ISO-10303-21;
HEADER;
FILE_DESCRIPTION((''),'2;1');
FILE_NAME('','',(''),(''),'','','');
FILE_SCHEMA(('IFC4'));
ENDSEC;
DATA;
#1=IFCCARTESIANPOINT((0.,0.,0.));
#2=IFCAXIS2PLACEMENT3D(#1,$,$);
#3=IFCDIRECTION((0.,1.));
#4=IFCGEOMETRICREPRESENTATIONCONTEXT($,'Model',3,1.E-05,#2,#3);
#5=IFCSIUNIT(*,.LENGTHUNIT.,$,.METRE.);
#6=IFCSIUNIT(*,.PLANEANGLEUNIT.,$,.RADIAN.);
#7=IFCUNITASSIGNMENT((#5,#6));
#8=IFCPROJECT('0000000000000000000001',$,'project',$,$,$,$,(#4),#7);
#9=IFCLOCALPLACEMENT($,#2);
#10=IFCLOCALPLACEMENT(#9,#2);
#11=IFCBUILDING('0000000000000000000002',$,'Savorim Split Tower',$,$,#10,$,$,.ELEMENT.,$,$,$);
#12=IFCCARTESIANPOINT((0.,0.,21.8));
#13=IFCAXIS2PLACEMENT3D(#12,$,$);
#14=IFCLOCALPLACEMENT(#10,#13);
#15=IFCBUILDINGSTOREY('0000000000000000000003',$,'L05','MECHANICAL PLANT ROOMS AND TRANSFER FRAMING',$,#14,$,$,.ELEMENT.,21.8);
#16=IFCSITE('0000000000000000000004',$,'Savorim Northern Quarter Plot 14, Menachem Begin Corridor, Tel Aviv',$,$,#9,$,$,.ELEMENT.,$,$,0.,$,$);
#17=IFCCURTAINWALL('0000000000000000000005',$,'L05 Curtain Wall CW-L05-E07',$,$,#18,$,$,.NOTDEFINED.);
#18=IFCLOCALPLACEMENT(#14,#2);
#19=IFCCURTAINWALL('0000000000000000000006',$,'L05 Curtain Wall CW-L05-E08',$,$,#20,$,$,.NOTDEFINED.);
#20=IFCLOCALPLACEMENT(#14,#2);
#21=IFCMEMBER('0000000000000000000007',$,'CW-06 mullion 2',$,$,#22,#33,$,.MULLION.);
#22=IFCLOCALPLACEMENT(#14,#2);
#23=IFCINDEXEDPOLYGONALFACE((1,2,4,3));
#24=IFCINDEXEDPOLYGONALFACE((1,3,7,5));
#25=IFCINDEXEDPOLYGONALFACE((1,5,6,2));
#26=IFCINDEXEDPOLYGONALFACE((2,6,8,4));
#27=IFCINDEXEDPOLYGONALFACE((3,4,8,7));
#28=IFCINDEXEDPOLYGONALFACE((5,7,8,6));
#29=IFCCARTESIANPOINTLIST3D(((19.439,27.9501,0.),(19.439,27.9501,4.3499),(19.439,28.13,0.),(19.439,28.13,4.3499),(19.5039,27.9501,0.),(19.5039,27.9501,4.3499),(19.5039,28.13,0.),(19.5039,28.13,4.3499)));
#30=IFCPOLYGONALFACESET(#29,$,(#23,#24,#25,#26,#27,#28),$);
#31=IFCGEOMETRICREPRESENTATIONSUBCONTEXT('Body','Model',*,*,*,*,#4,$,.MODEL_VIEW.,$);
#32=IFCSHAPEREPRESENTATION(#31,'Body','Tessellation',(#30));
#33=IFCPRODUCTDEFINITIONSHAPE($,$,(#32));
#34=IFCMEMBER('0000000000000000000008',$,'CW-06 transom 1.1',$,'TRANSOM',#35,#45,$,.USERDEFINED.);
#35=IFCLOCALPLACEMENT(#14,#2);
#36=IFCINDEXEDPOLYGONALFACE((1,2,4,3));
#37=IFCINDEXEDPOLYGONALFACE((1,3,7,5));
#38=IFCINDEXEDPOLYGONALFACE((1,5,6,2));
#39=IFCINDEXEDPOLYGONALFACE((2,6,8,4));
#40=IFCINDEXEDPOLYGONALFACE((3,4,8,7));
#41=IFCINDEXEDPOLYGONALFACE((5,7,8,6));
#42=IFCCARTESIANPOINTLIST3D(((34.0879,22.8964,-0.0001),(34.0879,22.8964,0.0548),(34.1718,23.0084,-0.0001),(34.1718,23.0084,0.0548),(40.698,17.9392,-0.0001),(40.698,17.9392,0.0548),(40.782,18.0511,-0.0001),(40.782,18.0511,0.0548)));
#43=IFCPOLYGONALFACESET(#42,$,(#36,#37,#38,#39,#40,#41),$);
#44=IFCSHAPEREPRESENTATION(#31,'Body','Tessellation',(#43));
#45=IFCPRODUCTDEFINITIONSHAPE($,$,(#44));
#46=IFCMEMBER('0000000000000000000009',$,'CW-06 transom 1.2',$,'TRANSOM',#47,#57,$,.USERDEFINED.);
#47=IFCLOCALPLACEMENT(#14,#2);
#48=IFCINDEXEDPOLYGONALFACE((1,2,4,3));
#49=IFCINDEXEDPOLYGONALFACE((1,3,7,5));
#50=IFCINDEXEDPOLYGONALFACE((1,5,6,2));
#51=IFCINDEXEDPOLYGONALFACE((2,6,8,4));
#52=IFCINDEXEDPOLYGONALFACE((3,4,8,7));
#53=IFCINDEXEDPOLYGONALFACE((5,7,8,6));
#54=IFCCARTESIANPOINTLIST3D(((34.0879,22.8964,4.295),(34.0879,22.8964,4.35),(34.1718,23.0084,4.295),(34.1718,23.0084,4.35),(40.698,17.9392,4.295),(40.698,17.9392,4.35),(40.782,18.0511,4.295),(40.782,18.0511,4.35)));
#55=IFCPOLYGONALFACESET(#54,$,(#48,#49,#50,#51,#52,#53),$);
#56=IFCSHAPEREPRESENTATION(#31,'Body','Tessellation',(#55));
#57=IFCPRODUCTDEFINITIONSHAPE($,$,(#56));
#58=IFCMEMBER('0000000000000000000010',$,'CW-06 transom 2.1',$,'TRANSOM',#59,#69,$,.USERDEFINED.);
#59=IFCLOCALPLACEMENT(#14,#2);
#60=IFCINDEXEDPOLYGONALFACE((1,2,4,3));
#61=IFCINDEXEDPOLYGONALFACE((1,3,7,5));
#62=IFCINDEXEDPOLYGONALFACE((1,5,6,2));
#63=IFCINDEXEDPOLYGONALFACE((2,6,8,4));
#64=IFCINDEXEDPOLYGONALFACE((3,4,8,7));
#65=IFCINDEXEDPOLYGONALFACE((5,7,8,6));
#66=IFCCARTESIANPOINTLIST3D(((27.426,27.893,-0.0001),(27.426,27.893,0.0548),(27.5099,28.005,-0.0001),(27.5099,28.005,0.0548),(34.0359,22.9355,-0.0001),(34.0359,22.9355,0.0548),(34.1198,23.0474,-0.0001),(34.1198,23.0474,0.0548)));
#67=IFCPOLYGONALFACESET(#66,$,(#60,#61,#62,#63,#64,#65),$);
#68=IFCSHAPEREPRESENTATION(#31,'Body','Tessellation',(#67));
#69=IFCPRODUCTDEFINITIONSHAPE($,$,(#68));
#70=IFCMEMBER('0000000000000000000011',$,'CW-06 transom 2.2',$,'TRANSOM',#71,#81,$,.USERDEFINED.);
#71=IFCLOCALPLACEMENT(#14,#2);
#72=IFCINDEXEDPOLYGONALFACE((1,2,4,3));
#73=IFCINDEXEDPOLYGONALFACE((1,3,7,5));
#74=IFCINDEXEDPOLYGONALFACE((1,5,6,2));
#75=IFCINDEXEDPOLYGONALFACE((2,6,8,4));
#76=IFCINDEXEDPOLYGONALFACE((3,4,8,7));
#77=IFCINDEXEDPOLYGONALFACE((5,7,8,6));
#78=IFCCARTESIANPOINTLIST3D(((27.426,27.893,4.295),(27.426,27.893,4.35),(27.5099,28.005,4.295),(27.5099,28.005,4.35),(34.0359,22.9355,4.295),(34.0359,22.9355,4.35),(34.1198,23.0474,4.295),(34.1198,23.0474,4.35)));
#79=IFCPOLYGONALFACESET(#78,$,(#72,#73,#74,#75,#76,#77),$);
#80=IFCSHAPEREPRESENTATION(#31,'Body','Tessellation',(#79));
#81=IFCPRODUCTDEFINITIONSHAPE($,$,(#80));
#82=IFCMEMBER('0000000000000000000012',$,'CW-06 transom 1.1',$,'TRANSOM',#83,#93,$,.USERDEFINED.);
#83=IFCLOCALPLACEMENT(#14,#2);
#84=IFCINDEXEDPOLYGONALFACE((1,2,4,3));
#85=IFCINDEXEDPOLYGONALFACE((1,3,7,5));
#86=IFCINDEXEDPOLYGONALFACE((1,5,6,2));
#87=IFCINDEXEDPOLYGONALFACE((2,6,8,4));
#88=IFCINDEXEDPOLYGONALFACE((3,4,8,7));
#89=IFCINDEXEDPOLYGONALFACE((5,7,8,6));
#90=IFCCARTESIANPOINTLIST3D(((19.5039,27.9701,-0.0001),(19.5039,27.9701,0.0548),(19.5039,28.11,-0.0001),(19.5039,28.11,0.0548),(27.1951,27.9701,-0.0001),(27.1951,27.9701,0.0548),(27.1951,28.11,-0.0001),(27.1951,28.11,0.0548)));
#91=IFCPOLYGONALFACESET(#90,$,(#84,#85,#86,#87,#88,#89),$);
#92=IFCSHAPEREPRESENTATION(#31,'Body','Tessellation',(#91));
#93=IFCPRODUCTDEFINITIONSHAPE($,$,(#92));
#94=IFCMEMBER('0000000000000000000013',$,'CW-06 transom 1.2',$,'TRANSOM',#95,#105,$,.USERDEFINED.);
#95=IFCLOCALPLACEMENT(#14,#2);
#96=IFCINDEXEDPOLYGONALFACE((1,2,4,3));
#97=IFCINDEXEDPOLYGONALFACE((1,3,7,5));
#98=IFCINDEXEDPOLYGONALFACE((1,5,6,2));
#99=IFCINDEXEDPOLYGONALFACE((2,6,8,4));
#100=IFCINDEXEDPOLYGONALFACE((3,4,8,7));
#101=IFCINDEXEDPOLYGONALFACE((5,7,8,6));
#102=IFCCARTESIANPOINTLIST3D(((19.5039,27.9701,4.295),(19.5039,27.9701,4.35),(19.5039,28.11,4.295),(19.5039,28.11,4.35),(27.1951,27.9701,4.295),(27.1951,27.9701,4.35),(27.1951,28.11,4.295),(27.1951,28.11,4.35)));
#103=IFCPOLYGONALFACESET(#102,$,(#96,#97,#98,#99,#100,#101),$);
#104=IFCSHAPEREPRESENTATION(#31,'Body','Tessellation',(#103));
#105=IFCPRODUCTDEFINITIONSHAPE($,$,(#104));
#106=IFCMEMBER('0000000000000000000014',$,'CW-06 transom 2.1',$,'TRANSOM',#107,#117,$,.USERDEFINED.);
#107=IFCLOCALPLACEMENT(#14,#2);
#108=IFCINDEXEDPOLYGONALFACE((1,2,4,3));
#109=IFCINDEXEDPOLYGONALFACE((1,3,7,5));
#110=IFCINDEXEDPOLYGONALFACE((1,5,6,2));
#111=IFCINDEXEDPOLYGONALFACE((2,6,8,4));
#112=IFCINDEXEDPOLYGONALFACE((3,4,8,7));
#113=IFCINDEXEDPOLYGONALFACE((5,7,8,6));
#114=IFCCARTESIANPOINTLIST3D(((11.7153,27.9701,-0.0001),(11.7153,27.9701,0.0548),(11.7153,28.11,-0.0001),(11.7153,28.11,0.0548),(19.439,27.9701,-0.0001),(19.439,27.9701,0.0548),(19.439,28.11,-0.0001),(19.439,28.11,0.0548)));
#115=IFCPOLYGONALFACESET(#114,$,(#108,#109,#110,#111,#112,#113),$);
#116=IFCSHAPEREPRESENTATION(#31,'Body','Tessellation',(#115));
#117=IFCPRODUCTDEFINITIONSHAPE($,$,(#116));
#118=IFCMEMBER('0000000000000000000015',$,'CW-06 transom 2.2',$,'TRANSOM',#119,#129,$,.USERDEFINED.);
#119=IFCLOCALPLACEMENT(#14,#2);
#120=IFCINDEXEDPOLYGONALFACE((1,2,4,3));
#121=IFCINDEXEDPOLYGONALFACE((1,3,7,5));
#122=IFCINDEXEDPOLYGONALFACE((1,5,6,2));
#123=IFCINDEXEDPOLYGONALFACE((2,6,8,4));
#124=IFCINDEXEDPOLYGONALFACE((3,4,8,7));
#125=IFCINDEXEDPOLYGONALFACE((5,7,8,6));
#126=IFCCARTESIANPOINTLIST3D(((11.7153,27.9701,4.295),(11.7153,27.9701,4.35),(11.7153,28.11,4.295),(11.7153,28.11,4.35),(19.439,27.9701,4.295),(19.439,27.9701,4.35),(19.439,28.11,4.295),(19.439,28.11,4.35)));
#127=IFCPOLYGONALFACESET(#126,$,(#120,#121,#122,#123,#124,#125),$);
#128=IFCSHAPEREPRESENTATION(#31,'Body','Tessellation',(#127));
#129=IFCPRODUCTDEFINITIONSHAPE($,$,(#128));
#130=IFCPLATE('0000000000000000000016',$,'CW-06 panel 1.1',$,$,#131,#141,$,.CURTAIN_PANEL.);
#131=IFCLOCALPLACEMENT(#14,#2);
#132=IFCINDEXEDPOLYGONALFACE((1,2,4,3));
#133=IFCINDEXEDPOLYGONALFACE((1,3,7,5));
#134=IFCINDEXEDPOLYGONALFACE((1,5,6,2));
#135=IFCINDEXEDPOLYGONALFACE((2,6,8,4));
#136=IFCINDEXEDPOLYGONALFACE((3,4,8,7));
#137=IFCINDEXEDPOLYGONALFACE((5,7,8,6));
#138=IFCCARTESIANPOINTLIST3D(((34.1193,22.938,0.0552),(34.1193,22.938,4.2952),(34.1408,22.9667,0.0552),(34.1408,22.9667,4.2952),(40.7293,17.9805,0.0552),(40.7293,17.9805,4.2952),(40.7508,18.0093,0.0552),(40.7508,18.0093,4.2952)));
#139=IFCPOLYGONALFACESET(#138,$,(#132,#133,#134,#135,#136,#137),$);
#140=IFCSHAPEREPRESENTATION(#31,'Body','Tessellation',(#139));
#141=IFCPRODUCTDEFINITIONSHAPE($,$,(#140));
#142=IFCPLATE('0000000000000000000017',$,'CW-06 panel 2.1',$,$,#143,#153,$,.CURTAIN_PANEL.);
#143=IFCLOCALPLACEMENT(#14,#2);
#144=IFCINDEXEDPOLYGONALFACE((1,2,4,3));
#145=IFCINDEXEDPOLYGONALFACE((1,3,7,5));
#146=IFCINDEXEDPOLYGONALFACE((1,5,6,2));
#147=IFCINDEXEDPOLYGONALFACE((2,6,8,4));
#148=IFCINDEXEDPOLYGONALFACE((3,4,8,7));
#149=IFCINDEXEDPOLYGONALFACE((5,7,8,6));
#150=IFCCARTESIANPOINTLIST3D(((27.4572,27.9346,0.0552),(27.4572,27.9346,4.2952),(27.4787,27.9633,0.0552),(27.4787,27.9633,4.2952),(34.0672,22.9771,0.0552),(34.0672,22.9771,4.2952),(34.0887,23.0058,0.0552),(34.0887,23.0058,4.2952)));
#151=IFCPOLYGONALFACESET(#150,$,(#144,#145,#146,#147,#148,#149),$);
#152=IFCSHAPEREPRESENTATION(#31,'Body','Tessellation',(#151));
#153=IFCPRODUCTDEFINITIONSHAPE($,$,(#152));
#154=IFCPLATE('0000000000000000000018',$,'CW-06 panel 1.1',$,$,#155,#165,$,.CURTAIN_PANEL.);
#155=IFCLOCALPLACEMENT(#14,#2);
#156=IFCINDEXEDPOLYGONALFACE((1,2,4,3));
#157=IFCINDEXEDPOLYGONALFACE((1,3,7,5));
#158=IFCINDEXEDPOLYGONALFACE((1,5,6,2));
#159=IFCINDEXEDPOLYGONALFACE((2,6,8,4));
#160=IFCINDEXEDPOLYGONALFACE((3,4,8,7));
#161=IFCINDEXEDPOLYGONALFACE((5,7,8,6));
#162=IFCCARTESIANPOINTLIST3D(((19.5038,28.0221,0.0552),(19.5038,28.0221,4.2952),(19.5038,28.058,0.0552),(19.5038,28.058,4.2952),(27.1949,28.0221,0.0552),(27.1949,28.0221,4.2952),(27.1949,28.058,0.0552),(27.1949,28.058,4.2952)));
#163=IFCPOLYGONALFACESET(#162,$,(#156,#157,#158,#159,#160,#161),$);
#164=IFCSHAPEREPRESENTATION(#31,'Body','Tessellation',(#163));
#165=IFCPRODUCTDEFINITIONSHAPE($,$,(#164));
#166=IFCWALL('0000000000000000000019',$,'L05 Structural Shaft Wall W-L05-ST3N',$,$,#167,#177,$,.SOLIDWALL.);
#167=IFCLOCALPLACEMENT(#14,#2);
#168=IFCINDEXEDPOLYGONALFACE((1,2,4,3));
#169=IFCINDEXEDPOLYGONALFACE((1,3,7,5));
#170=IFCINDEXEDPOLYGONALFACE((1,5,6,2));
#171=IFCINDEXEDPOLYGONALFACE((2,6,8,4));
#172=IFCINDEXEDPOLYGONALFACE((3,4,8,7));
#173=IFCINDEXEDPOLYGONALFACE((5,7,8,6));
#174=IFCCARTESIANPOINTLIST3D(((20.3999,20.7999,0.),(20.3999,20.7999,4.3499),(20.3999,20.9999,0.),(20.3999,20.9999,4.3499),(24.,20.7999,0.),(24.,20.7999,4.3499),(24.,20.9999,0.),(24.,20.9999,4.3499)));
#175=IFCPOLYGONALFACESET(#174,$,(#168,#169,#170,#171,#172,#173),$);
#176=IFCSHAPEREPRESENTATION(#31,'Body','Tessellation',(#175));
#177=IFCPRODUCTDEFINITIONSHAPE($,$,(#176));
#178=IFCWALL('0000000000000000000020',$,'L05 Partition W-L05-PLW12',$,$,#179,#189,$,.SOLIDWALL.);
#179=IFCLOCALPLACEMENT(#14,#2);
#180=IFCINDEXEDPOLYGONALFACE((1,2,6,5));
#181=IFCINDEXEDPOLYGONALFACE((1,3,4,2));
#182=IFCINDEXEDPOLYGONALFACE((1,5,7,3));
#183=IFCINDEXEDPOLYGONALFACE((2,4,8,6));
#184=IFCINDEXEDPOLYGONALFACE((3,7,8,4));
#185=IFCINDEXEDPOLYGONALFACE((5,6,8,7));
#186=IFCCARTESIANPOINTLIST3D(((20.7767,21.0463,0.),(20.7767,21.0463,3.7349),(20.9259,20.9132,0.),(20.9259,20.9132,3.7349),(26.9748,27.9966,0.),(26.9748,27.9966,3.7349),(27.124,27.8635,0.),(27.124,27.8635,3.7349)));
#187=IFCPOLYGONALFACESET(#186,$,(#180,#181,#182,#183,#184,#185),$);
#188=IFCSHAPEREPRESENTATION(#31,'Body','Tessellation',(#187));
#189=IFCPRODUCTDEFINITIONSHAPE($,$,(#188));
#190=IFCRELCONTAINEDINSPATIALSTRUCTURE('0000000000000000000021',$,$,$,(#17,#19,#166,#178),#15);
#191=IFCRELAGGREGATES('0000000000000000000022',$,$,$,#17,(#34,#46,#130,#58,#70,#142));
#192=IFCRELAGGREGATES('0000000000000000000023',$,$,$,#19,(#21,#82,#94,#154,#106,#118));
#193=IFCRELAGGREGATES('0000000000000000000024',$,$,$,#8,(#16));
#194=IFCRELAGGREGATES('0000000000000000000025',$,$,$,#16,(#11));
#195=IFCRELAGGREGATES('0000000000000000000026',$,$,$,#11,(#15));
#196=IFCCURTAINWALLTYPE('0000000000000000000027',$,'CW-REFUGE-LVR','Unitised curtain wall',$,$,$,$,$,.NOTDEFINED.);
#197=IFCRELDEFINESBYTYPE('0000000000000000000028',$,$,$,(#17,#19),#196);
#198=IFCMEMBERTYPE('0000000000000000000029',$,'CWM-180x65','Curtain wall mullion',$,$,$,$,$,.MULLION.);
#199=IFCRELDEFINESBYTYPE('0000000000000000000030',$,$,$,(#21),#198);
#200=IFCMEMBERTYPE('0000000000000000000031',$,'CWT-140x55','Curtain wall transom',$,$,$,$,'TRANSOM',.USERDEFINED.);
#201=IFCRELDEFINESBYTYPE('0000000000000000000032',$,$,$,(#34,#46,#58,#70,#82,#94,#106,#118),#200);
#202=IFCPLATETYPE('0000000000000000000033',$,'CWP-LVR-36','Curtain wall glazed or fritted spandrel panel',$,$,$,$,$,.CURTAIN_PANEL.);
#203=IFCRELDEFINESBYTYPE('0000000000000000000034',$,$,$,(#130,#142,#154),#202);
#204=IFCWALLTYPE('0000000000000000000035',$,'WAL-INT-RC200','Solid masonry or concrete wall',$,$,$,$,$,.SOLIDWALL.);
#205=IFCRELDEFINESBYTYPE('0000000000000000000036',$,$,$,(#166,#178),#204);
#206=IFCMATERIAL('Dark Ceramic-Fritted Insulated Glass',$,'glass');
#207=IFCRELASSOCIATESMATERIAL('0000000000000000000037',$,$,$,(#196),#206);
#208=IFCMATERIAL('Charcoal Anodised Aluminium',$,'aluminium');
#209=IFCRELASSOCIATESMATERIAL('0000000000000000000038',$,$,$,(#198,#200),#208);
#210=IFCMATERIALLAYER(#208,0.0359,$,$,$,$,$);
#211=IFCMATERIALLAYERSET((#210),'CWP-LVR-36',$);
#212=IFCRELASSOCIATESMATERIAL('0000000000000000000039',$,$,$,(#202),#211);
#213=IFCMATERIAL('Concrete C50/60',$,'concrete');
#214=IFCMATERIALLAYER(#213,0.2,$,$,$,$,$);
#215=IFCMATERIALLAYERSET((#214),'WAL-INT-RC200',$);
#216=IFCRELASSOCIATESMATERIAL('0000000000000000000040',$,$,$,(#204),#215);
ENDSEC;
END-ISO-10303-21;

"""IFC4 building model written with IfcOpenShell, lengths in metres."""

from ifc_helpers import new_model, si_unit, direction, frame, frame_2d, origin, origin_2d, place, context, subcontext, project, spatial, rectangle, extrude, material, layer, layer_set, material_profile, profile_set, type_object, element, aggregate, save


model = new_model("IFC4")

# Units and contexts
model_context = context("Model", 3, precision=1e-05, world=origin(), true_north=direction((0.0, 1.0)))
body_context = subcontext(model_context, "Body", "Model", "MODEL_VIEW")
ifc_project = project(units=[si_unit("LENGTHUNIT", "METRE"), si_unit("PLANEANGLEUNIT", "RADIAN")], contexts=[model_context])

# Site, building, storey
site_placement = place(None, origin())
site = spatial("IfcSite", under=ifc_project, at=site_placement, Name="Savorim Northern Quarter Plot 14, Menachem Begin Corridor, Tel Aviv", CompositionType="ELEMENT", RefElevation=0.0)
building_placement = place(site_placement, origin())
building = spatial("IfcBuilding", under=site, at=building_placement, Name="Savorim Split Tower", CompositionType="ELEMENT")
storey_placement = place(building_placement, frame((0.0, 0.0, 21.8)))
storey = spatial("IfcBuildingStorey", under=building, at=storey_placement, Name="L05", Description="MECHANICAL PLANT ROOMS AND TRANSFER FRAMING", CompositionType="ELEMENT", Elevation=21.8)

# Curtain walls, member
ifc_material_1 = material(Name="Dark Ceramic-Fritted Insulated Glass", Category="glass")
curtain_wall_type = type_object("IfcCurtainWallType", Name="CW-REFUGE-LVR", Description="Unitised curtain wall", PredefinedType="NOTDEFINED", material=ifc_material_1)
curtain_wall_1_placement = place(storey_placement, origin())
curtain_wall_1 = element("IfcCurtainWall", 1, at=curtain_wall_1_placement, inside=storey, type_object=curtain_wall_type, Name="L05 Curtain Wall CW-L05-E07", PredefinedType="NOTDEFINED")
ifc_material_2 = material(Name="Charcoal Anodised Aluminium", Category="aluminium")
ifc_material_profile_1 = material_profile(ifc_material_2, rectangle(XDim=0.1799, YDim=0.0649, at=origin_2d()), Name="ALU-M 180x65")
ifc_profile_set_1 = profile_set([ifc_material_profile_1], Name="Charcoal Anodised Aluminium")
member_type_1 = type_object("IfcMemberType", Name="CWM-180x65", Description="Curtain wall mullion", PredefinedType="MULLION", material=ifc_profile_set_1)
curtain_wall_2_placement = place(storey_placement, origin())
curtain_wall_2 = element("IfcCurtainWall", 2, at=curtain_wall_2_placement, inside=storey, type_object=curtain_wall_type, Name="L05 Curtain Wall CW-L05-E08", PredefinedType="NOTDEFINED")
member_1_placement = place(storey_placement, frame((19.4714, 28.04, 0.0), z_axis=(0.0, 0.0, 1.0), x_axis=(0.0, -1.0, 0.0)))
member_1 = element("IfcMember", 3, at=member_1_placement, type_object=member_type_1, Name="CW-06 mullion 2", PredefinedType="MULLION", context=body_context, shape_type="SweptSolid", body=[
    extrude(rectangle(XDim=0.1799, YDim=0.0649, at=origin_2d()), origin(), (0.0, 0.0, 1.0), 4.3499),
])

# Members
ifc_material_profile_2 = material_profile(ifc_material_2, rectangle(XDim=0.1399, YDim=0.0549, at=origin_2d()), Name="ALU-T 140x55")
ifc_profile_set_2 = profile_set([ifc_material_profile_2], Name="Charcoal Anodised Aluminium")
member_type_2 = type_object("IfcMemberType", Name="CWT-140x55", Description="Curtain wall transom", ElementType="TRANSOM", PredefinedType="USERDEFINED", material=ifc_profile_set_2)
member_2_placement = place(storey_placement, frame((40.74, 17.9951, 0.0273), z_axis=(-0.800018, 0.599976, 0.0), x_axis=(-0.599976, -0.800018, 0.0)))
member_2 = element("IfcMember", 4, at=member_2_placement, type_object=member_type_2, Name="CW-06 transom 1.1", ObjectType="TRANSOM", PredefinedType="USERDEFINED", context=body_context, shape_type="SweptSolid", body=[
    extrude(rectangle(XDim=0.1399, YDim=0.0549, at=origin_2d()), origin(), (0.0, 0.0, 1.0), 8.2625),
])
member_3_placement = place(storey_placement, frame((40.74, 17.9951, 4.3225), z_axis=(-0.800018, 0.599976, 0.0), x_axis=(-0.599976, -0.800018, 0.0)))
member_3 = element("IfcMember", 5, at=member_3_placement, type_object=member_type_2, Name="CW-06 transom 1.2", ObjectType="TRANSOM", PredefinedType="USERDEFINED", context=body_context, shape_type="SweptSolid", body=[
    extrude(rectangle(XDim=0.1399, YDim=0.0549, at=origin_2d()), origin(), (0.0, 0.0, 1.0), 8.2625),
])
member_4_placement = place(storey_placement, frame((34.0779, 22.9915, 0.0273), z_axis=(-0.799993, 0.600009, 0.0), x_axis=(-0.600009, -0.799993, 0.0)))
member_4 = element("IfcMember", 6, at=member_4_placement, type_object=member_type_2, Name="CW-06 transom 2.1", ObjectType="TRANSOM", PredefinedType="USERDEFINED", context=body_context, shape_type="SweptSolid", body=[
    extrude(rectangle(XDim=0.1399, YDim=0.0549, at=origin_2d()), origin(), (0.0, 0.0, 1.0), 8.2625),
])
member_5_placement = place(storey_placement, frame((34.0779, 22.9915, 4.3225), z_axis=(-0.799993, 0.600009, 0.0), x_axis=(-0.600009, -0.799993, 0.0)))
member_5 = element("IfcMember", 7, at=member_5_placement, type_object=member_type_2, Name="CW-06 transom 2.2", ObjectType="TRANSOM", PredefinedType="USERDEFINED", context=body_context, shape_type="SweptSolid", body=[
    extrude(rectangle(XDim=0.1399, YDim=0.0549, at=origin_2d()), origin(), (0.0, 0.0, 1.0), 8.2625),
])
member_6_placement = place(storey_placement, frame((27.1951, 28.04, 0.0273), z_axis=(-1.0, 0.0, 0.0), x_axis=(0.0, -1.0, 0.0)))
member_6 = element("IfcMember", 8, at=member_6_placement, type_object=member_type_2, Name="CW-06 transom 1.1", ObjectType="TRANSOM", PredefinedType="USERDEFINED", context=body_context, shape_type="SweptSolid", body=[
    extrude(rectangle(XDim=0.1399, YDim=0.0549, at=origin_2d()), origin(), (0.0, 0.0, 1.0), 7.6912),
])
member_7_placement = place(storey_placement, frame((27.1951, 28.04, 4.3225), z_axis=(-1.0, 0.0, 0.0), x_axis=(0.0, -1.0, 0.0)))
member_7 = element("IfcMember", 9, at=member_7_placement, type_object=member_type_2, Name="CW-06 transom 1.2", ObjectType="TRANSOM", PredefinedType="USERDEFINED", context=body_context, shape_type="SweptSolid", body=[
    extrude(rectangle(XDim=0.1399, YDim=0.0549, at=origin_2d()), origin(), (0.0, 0.0, 1.0), 7.6912),
])
member_8_placement = place(storey_placement, frame((19.439, 28.04, 0.0273), z_axis=(-1.0, 0.0, 0.0), x_axis=(0.0, -1.0, 0.0)))
member_8 = element("IfcMember", 10, at=member_8_placement, type_object=member_type_2, Name="CW-06 transom 2.1", ObjectType="TRANSOM", PredefinedType="USERDEFINED", context=body_context, shape_type="SweptSolid", body=[
    extrude(rectangle(XDim=0.1399, YDim=0.0549, at=origin_2d()), origin(), (0.0, 0.0, 1.0), 7.7236),
])
member_9_placement = place(storey_placement, frame((19.439, 28.04, 4.3225), z_axis=(-1.0, 0.0, 0.0), x_axis=(0.0, -1.0, 0.0)))
member_9 = element("IfcMember", 11, at=member_9_placement, type_object=member_type_2, Name="CW-06 transom 2.2", ObjectType="TRANSOM", PredefinedType="USERDEFINED", context=body_context, shape_type="SweptSolid", body=[
    extrude(rectangle(XDim=0.1399, YDim=0.0549, at=origin_2d()), origin(), (0.0, 0.0, 1.0), 7.7236),
])

# Plates
ifc_layer_1 = layer(ifc_material_2, 0.0359)
ifc_layer_set_1 = layer_set([ifc_layer_1], Name="CWP-LVR-36")
plate_type = type_object("IfcPlateType", Name="CWP-LVR-36", Description="Curtain wall glazed or fritted spandrel panel", PredefinedType="CURTAIN_PANEL", material=ifc_layer_set_1)
plate_1_placement = place(storey_placement, frame((37.4351, 20.4736, 0.0552), z_axis=(0.0, 0.0, 1.0), x_axis=(-0.8, 0.6, 0.0)))
plate_1 = element("IfcPlate", 12, at=plate_1_placement, type_object=plate_type, Name="CW-06 panel 1.1", PredefinedType="CURTAIN_PANEL", context=body_context, shape_type="SweptSolid", body=[
    extrude(rectangle(XDim=8.2625, YDim=0.0359, at=origin_2d()), origin(), (0.0, 0.0, 1.0), 4.24),
])
plate_2_placement = place(storey_placement, frame((30.7729, 25.4702, 0.0552), z_axis=(0.0, 0.0, 1.0), x_axis=(-0.8, 0.6, 0.0)))
plate_2 = element("IfcPlate", 13, at=plate_2_placement, type_object=plate_type, Name="CW-06 panel 2.1", PredefinedType="CURTAIN_PANEL", context=body_context, shape_type="SweptSolid", body=[
    extrude(rectangle(XDim=8.2625, YDim=0.0359, at=origin_2d()), origin(), (0.0, 0.0, 1.0), 4.24),
])
aggregate(curtain_wall_1, [member_2, member_3, plate_1, member_4, member_5, plate_2])
plate_3_placement = place(storey_placement, frame((23.3494, 28.04, 0.0552), z_axis=(0.0, 0.0, 1.0), x_axis=(-1.0, 0.0, 0.0)))
plate_3 = element("IfcPlate", 14, at=plate_3_placement, type_object=plate_type, Name="CW-06 panel 1.1", PredefinedType="CURTAIN_PANEL", context=body_context, shape_type="SweptSolid", body=[
    extrude(rectangle(XDim=7.6912, YDim=0.0359, at=origin_2d()), origin(), (0.0, 0.0, 1.0), 4.24),
])
aggregate(curtain_wall_2, [member_1, member_6, member_7, plate_3, member_8, member_9])

# Walls
ifc_material_3 = material(Name="Concrete C50/60", Category="concrete")
ifc_layer_2 = layer(ifc_material_3, 0.2)
ifc_layer_set_2 = layer_set([ifc_layer_2], Name="WAL-INT-RC200")
wall_type = type_object("IfcWallType", Name="WAL-INT-RC200", Description="Solid masonry or concrete wall", PredefinedType="SOLIDWALL", material=ifc_layer_set_2)
wall_1_placement = place(storey_placement, frame((20.3999, 20.8999, 0.0), z_axis=(0.0, 0.0, 1.0), x_axis=(1.0, 0.0, 0.0)))
element("IfcWall", 15, at=wall_1_placement, inside=storey, type_object=wall_type, Name="L05 Structural Shaft Wall W-L05-ST3N", PredefinedType="SOLIDWALL", context=body_context, shape_type="SweptSolid", body=[
    extrude(rectangle(XDim=3.6001, YDim=0.2, at=frame_2d((1.8, 0.0))), origin(), (0.0, 0.0, 1.0), 4.3499),
])
wall_2_placement = place(storey_placement, frame((20.8513, 20.9797, 0.0), z_axis=(0.0, 0.0, 1.0), x_axis=(0.665566, 0.746339, 0.0)))
element("IfcWall", 16, at=wall_2_placement, inside=storey, type_object=wall_type, Name="L05 Partition W-L05-PLW12", PredefinedType="SOLIDWALL", context=body_context, shape_type="SweptSolid", body=[
    extrude(rectangle(XDim=9.3125, YDim=0.2, at=frame_2d((4.6562, 0.0))), origin(), (0.0, 0.0, 1.0), 3.7349),
])

save(model, "model.ifc")
